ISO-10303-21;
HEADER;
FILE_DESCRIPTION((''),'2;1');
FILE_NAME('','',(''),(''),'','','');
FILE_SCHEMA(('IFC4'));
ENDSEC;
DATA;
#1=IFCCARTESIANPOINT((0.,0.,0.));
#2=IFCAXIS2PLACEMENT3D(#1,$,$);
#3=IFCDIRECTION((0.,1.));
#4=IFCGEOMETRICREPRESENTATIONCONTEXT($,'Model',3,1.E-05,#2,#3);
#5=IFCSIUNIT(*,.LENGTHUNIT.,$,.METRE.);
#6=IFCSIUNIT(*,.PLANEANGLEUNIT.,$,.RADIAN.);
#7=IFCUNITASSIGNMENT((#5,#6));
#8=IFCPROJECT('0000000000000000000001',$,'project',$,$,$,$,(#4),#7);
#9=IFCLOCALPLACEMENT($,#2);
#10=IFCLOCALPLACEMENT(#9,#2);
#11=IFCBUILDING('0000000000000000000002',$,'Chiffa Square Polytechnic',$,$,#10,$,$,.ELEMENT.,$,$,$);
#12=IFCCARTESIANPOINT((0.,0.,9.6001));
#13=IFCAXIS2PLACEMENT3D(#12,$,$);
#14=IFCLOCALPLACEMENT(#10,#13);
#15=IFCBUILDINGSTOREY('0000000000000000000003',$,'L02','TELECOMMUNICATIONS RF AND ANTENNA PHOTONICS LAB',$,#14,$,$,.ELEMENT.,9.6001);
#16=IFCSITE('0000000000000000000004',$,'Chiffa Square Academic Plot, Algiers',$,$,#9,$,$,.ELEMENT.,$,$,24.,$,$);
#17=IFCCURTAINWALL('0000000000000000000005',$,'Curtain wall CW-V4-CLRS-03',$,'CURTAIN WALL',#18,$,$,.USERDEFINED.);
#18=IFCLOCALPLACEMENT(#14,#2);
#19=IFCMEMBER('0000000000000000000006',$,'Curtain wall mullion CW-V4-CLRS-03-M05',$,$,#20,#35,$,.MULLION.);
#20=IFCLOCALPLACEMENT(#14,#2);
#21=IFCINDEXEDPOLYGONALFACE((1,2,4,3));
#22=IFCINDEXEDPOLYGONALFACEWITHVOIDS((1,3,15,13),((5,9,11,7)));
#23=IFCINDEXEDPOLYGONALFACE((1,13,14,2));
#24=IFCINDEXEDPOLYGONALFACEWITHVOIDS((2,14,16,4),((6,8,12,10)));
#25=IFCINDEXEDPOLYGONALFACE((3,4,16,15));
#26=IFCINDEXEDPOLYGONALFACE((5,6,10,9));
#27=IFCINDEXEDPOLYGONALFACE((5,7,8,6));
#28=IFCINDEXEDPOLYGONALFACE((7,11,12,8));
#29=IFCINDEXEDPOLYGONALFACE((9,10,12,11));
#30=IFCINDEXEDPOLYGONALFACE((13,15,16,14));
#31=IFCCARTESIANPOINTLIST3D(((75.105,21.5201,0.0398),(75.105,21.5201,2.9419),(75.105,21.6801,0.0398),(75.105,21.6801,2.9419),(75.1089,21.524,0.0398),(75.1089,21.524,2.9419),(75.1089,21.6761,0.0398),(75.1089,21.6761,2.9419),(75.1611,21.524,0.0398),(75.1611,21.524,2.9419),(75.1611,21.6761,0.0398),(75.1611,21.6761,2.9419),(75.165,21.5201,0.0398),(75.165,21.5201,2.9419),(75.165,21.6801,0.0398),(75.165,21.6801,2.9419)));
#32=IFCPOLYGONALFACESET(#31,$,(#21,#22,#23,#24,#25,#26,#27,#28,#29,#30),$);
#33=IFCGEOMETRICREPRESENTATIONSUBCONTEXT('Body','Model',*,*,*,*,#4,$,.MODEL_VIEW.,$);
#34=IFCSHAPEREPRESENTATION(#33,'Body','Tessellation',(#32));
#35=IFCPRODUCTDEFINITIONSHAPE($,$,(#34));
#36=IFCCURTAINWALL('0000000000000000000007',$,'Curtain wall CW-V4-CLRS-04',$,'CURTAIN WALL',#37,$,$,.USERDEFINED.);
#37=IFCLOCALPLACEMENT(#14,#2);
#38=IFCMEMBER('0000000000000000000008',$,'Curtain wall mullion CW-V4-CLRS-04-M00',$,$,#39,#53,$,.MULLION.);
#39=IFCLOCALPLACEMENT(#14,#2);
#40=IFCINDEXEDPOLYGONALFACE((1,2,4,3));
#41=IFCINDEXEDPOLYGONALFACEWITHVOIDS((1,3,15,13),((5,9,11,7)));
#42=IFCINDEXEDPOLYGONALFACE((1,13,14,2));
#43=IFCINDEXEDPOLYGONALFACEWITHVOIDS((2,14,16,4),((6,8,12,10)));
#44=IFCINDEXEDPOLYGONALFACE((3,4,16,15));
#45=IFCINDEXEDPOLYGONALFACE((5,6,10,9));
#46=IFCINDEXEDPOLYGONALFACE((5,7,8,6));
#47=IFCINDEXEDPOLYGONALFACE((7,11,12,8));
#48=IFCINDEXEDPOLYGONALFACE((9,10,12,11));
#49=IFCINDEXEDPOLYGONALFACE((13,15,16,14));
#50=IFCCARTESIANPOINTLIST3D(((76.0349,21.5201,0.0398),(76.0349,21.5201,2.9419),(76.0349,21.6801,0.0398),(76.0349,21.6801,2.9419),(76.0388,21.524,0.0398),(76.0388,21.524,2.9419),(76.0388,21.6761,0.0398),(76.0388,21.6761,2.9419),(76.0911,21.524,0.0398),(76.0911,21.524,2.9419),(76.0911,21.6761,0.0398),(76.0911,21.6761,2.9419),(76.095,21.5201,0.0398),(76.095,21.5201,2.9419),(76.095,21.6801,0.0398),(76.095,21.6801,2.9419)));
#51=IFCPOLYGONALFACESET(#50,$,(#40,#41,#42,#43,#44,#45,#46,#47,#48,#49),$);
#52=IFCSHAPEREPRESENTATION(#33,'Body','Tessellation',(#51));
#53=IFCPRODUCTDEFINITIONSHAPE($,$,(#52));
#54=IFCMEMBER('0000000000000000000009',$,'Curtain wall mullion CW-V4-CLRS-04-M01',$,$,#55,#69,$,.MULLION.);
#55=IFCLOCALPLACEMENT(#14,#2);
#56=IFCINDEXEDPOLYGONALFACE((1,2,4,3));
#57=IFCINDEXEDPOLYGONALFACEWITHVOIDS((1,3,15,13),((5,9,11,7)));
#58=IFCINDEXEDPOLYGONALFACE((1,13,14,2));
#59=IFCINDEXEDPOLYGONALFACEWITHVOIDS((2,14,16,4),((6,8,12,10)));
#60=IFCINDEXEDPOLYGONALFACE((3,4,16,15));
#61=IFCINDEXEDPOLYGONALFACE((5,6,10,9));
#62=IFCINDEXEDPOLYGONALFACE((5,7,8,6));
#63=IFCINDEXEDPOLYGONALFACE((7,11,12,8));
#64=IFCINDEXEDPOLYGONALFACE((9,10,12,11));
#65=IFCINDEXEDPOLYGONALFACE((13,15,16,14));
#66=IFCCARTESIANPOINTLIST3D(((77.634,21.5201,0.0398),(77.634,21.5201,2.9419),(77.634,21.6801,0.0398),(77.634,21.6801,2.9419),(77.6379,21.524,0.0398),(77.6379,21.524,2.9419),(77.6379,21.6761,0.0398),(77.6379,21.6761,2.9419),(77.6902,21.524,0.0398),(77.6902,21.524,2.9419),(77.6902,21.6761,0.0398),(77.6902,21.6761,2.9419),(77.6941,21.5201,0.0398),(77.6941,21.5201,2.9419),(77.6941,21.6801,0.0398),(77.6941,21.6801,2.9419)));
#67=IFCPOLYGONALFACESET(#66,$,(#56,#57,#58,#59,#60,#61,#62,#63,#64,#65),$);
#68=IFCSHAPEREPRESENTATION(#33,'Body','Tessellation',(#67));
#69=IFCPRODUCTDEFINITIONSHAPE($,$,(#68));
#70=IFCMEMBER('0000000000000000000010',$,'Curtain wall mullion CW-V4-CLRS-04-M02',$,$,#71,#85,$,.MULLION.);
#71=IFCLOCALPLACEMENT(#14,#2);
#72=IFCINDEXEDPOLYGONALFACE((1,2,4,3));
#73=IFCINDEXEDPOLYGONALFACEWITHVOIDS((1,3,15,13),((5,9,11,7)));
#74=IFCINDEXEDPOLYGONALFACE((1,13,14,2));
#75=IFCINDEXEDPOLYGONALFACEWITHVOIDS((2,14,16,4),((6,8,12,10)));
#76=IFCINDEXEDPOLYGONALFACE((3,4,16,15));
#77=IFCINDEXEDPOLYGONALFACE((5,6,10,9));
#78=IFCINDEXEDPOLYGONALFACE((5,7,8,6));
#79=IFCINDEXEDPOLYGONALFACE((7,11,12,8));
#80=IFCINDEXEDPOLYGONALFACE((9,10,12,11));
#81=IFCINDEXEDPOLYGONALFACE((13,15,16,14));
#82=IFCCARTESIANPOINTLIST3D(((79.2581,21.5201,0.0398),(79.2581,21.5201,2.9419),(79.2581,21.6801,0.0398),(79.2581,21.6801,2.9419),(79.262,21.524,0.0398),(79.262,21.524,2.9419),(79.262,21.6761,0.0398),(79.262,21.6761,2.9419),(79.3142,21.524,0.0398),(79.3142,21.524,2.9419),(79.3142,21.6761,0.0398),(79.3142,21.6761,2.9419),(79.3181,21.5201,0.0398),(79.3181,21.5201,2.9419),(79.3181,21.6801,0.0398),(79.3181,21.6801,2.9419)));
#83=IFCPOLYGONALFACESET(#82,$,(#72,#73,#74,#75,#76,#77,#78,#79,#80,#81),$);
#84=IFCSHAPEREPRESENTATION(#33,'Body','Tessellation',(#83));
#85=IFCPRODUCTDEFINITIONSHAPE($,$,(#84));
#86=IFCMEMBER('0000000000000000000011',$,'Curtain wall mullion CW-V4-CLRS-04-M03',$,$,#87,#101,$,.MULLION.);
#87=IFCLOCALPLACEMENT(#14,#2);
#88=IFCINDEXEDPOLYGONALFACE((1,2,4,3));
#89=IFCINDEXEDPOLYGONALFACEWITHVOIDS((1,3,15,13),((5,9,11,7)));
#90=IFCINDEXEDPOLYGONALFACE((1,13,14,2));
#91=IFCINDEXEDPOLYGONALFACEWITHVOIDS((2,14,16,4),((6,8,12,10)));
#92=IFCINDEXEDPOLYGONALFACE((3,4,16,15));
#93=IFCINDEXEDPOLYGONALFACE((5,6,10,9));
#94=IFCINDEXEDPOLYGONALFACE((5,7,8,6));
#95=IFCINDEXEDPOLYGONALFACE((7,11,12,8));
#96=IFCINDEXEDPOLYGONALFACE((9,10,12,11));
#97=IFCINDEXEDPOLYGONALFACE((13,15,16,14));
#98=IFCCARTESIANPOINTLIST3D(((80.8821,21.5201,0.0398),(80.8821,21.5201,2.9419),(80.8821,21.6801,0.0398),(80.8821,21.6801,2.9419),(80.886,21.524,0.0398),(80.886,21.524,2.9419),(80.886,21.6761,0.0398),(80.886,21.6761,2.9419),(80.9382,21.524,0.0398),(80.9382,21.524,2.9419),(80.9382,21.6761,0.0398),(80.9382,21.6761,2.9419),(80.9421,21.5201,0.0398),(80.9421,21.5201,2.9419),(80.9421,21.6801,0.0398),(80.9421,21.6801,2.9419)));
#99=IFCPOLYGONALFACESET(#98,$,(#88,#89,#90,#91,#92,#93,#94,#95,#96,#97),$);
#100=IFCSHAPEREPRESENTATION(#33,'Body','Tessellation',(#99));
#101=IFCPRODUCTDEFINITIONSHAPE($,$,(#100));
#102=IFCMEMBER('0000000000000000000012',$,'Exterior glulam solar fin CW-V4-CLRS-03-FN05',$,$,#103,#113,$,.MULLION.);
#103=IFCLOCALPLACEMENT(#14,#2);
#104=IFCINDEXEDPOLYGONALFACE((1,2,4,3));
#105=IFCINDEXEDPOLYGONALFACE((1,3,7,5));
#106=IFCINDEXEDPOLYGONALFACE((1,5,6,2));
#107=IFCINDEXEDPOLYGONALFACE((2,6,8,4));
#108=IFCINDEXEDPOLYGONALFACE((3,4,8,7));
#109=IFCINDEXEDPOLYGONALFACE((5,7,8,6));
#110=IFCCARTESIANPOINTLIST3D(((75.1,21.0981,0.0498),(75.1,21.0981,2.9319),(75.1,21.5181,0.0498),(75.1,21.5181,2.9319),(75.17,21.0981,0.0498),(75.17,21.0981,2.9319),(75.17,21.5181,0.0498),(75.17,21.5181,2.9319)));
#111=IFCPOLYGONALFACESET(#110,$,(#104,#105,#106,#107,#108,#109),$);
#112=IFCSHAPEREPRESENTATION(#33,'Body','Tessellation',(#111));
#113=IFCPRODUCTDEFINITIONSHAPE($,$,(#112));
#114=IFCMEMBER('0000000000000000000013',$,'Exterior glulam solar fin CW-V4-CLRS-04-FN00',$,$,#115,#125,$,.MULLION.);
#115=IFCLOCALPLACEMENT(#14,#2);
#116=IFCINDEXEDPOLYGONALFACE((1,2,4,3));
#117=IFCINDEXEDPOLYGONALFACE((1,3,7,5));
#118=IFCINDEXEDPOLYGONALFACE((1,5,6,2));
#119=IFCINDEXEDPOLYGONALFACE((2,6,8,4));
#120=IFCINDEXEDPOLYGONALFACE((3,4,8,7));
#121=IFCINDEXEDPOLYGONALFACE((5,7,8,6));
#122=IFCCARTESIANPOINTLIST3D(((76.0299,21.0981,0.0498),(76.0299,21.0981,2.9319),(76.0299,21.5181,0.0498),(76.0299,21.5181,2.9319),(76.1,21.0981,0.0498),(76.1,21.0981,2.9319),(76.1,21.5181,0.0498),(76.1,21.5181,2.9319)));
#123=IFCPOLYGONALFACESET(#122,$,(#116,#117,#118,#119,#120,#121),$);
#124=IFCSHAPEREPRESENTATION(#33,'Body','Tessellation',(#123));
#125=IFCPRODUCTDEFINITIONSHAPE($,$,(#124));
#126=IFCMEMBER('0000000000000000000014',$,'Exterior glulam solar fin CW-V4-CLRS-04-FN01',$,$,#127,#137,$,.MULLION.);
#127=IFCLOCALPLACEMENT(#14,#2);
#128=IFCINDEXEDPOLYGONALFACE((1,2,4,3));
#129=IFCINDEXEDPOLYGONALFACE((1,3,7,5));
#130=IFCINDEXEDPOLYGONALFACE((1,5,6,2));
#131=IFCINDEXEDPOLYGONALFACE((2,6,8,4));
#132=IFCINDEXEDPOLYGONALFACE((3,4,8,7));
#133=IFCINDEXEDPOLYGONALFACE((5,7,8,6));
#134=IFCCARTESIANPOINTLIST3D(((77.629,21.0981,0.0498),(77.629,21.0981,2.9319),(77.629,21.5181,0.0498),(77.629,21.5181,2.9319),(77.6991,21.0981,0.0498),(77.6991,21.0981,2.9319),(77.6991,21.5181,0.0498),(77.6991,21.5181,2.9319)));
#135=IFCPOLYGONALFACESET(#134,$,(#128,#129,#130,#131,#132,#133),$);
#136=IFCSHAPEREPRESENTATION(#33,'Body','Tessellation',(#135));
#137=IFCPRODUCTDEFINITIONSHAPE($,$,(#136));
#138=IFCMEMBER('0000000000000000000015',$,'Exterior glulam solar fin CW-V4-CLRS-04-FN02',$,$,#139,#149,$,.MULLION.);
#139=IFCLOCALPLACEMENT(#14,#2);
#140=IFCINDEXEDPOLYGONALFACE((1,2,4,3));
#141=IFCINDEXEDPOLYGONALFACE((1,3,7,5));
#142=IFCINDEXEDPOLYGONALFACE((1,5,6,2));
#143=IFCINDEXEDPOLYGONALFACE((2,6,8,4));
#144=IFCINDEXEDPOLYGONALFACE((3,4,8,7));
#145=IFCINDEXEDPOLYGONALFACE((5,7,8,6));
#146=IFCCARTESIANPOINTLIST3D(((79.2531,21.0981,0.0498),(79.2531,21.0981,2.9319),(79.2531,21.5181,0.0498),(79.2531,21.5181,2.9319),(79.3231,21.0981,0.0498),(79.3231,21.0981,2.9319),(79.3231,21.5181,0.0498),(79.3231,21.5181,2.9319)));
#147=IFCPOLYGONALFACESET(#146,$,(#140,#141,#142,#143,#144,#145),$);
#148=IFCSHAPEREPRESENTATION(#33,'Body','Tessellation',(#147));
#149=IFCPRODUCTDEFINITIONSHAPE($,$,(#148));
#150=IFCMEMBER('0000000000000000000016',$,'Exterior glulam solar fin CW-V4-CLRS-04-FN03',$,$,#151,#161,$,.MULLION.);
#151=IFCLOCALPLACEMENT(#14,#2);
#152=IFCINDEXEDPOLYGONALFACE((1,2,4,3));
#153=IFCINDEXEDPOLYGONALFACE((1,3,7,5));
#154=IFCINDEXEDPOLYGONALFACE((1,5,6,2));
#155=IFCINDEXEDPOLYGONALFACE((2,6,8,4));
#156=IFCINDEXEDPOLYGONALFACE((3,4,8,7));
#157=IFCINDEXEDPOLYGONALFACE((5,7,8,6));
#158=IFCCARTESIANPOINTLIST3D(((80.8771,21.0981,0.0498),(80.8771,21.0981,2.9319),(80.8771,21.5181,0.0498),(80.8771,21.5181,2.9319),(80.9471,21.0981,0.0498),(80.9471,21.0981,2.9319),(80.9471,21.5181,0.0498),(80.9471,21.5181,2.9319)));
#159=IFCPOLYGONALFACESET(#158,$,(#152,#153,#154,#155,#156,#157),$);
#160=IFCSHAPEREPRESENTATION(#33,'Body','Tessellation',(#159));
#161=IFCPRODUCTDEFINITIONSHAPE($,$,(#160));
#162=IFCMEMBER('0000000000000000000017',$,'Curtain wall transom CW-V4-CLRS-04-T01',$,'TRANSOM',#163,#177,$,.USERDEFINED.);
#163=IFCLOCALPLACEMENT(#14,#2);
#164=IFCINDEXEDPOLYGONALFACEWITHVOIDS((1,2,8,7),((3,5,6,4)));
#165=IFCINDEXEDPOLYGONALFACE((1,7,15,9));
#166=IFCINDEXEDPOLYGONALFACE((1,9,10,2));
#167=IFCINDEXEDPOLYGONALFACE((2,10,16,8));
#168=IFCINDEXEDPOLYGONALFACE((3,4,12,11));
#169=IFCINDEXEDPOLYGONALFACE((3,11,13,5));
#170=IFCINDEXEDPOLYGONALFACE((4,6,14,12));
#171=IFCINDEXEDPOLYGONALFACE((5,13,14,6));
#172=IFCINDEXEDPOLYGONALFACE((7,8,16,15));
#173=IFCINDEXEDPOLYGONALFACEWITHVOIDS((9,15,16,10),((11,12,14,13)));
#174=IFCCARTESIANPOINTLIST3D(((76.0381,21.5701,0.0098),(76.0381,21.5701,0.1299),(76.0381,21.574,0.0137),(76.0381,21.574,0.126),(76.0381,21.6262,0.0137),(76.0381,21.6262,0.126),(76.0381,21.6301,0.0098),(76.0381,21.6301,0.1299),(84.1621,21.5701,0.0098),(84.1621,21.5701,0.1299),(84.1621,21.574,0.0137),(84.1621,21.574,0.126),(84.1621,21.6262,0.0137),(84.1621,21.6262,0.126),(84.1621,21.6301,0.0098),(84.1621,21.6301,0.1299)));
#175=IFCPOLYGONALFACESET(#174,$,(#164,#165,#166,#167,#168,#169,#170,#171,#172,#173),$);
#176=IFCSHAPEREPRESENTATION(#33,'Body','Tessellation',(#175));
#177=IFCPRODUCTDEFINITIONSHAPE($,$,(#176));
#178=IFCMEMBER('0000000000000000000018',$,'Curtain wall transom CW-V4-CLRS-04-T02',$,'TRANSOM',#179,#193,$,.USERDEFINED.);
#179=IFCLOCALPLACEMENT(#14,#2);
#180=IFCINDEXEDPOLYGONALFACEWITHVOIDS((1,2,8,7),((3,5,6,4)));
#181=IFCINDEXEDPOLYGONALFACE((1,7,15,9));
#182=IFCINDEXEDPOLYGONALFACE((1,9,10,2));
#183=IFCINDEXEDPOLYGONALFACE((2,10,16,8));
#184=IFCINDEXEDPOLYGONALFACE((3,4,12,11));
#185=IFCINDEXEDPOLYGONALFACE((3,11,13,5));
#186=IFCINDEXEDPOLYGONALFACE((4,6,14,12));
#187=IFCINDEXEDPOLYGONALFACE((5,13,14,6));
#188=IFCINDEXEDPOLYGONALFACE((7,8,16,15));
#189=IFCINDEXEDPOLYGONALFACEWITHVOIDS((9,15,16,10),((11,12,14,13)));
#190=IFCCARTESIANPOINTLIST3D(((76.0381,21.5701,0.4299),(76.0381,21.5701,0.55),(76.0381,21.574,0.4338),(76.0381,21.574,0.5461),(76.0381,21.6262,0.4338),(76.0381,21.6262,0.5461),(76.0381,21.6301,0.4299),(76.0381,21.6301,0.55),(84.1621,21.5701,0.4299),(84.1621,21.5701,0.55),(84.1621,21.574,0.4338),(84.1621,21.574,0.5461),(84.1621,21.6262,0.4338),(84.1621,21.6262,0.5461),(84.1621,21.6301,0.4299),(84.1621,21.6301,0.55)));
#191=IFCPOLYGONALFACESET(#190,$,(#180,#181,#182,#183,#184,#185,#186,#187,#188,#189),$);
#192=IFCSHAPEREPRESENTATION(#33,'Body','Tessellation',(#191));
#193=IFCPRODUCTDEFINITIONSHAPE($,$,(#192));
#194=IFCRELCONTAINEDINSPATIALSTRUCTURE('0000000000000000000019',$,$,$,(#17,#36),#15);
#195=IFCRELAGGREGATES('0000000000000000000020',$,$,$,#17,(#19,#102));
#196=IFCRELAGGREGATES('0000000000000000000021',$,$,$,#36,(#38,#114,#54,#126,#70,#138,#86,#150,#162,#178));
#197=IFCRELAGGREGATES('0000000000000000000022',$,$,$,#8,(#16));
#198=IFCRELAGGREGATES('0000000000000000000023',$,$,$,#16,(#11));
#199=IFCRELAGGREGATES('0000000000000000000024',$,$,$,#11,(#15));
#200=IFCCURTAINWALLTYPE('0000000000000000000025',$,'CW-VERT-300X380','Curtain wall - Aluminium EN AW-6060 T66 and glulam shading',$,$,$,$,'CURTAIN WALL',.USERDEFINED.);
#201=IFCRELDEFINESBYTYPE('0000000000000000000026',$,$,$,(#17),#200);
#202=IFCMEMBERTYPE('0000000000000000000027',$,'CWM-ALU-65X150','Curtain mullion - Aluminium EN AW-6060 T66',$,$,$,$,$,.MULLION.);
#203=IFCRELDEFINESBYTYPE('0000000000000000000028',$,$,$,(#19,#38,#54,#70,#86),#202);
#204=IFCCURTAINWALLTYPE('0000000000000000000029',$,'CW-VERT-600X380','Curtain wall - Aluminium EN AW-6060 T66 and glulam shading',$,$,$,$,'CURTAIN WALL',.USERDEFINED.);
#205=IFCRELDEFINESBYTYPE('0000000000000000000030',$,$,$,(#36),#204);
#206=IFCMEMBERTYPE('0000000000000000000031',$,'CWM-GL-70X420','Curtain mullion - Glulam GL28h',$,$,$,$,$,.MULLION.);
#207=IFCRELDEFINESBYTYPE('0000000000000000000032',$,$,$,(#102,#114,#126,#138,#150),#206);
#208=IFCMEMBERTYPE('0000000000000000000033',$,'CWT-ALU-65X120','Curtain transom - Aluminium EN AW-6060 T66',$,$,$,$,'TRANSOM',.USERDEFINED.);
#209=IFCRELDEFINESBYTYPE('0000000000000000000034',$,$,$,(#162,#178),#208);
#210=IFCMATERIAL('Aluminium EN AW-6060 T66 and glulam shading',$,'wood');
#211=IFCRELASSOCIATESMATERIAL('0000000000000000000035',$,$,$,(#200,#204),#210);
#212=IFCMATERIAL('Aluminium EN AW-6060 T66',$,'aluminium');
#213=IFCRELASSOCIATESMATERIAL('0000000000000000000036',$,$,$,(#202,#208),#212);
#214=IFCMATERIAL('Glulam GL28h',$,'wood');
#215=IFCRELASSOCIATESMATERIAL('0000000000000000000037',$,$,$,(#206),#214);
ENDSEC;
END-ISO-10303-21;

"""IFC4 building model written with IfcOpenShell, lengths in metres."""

from ifc_helpers import new_model, si_unit, direction, frame, origin, origin_2d, place, context, subcontext, project, spatial, rectangle, hollow_rectangle, extrude, material, material_profile, profile_set, type_object, element, aggregate, save


model = new_model("IFC4")

# Units and contexts
model_context = context("Model", 3, precision=1e-05, world=origin(), true_north=direction((0.0, 1.0)))
body_context = subcontext(model_context, "Body", "Model", "MODEL_VIEW")
ifc_project = project(units=[si_unit("LENGTHUNIT", "METRE"), si_unit("PLANEANGLEUNIT", "RADIAN")], contexts=[model_context])

# Site, building, storey
site_placement = place(None, origin())
site = spatial("IfcSite", under=ifc_project, at=site_placement, Name="Chiffa Square Academic Plot, Algiers", CompositionType="ELEMENT", RefElevation=24.0)
building_placement = place(site_placement, origin())
building = spatial("IfcBuilding", under=site, at=building_placement, Name="Chiffa Square Polytechnic", CompositionType="ELEMENT")
storey_placement = place(building_placement, frame((0.0, 0.0, 9.6001)))
storey = spatial("IfcBuildingStorey", under=building, at=storey_placement, Name="L02", Description="TELECOMMUNICATIONS RF AND ANTENNA PHOTONICS LAB", CompositionType="ELEMENT", Elevation=9.6001)

# Curtain wall, member
ifc_material_1 = material(Name="Aluminium EN AW-6060 T66 and glulam shading", Category="wood")
curtain_wall_type_1 = type_object("IfcCurtainWallType", Name="CW-VERT-300X380", Description="Curtain wall - Aluminium EN AW-6060 T66 and glulam shading", ElementType="CURTAIN WALL", PredefinedType="USERDEFINED", material=ifc_material_1)
curtain_wall_1_placement = place(storey_placement, origin())
curtain_wall_1 = element("IfcCurtainWall", 1, at=curtain_wall_1_placement, inside=storey, type_object=curtain_wall_type_1, Name="Curtain wall CW-V4-CLRS-03", ObjectType="CURTAIN WALL", PredefinedType="USERDEFINED")
ifc_material_2 = material(Name="Aluminium EN AW-6060 T66", Category="aluminium")
ifc_material_profile_1 = material_profile(ifc_material_2, hollow_rectangle(XDim=0.0601, YDim=0.1599, WallThickness=0.0039, at=origin_2d()), Name="ALU 60x160x4")
ifc_profile_set_1 = profile_set([ifc_material_profile_1], Name="Aluminium EN AW-6060 T66")
member_type_1 = type_object("IfcMemberType", Name="CWM-ALU-65X150", Description="Curtain mullion - Aluminium EN AW-6060 T66", PredefinedType="MULLION", material=ifc_profile_set_1)
member_1_placement = place(storey_placement, frame((75.135, 21.6001, 0.0398), z_axis=(0.0, 0.0, 1.0), x_axis=(1.0, 0.0, 0.0)))
member_1 = element("IfcMember", 2, at=member_1_placement, type_object=member_type_1, Name="Curtain wall mullion CW-V4-CLRS-03-M05", PredefinedType="MULLION", context=body_context, shape_type="SweptSolid", body=[
    extrude(hollow_rectangle(XDim=0.0601, YDim=0.1599, WallThickness=0.0039, at=origin_2d()), origin(), (0.0, 0.0, 1.0), 2.9021),
])

# Curtain wall, members
curtain_wall_type_2 = type_object("IfcCurtainWallType", Name="CW-VERT-600X380", Description="Curtain wall - Aluminium EN AW-6060 T66 and glulam shading", ElementType="CURTAIN WALL", PredefinedType="USERDEFINED", material=ifc_material_1)
curtain_wall_2_placement = place(storey_placement, origin())
curtain_wall_2 = element("IfcCurtainWall", 3, at=curtain_wall_2_placement, inside=storey, type_object=curtain_wall_type_2, Name="Curtain wall CW-V4-CLRS-04", ObjectType="CURTAIN WALL", PredefinedType="USERDEFINED")
member_2_placement = place(storey_placement, frame((76.0649, 21.6001, 0.0398), z_axis=(0.0, 0.0, 1.0), x_axis=(1.0, 0.0, 0.0)))
member_2 = element("IfcMember", 4, at=member_2_placement, type_object=member_type_1, Name="Curtain wall mullion CW-V4-CLRS-04-M00", PredefinedType="MULLION", context=body_context, shape_type="SweptSolid", body=[
    extrude(hollow_rectangle(XDim=0.0601, YDim=0.1599, WallThickness=0.0039, at=origin_2d()), origin(), (0.0, 0.0, 1.0), 2.9021),
])
member_3_placement = place(storey_placement, frame((77.6641, 21.6001, 0.0398), z_axis=(0.0, 0.0, 1.0), x_axis=(1.0, 0.0, 0.0)))
member_3 = element("IfcMember", 5, at=member_3_placement, type_object=member_type_1, Name="Curtain wall mullion CW-V4-CLRS-04-M01", PredefinedType="MULLION", context=body_context, shape_type="SweptSolid", body=[
    extrude(hollow_rectangle(XDim=0.0601, YDim=0.1599, WallThickness=0.0039, at=origin_2d()), origin(), (0.0, 0.0, 1.0), 2.9021),
])
member_4_placement = place(storey_placement, frame((79.2881, 21.6001, 0.0398), z_axis=(0.0, 0.0, 1.0), x_axis=(1.0, 0.0, 0.0)))
member_4 = element("IfcMember", 6, at=member_4_placement, type_object=member_type_1, Name="Curtain wall mullion CW-V4-CLRS-04-M02", PredefinedType="MULLION", context=body_context, shape_type="SweptSolid", body=[
    extrude(hollow_rectangle(XDim=0.0601, YDim=0.1599, WallThickness=0.0039, at=origin_2d()), origin(), (0.0, 0.0, 1.0), 2.9021),
])
member_5_placement = place(storey_placement, frame((80.9121, 21.6001, 0.0398), z_axis=(0.0, 0.0, 1.0), x_axis=(1.0, 0.0, 0.0)))
member_5 = element("IfcMember", 7, at=member_5_placement, type_object=member_type_1, Name="Curtain wall mullion CW-V4-CLRS-04-M03", PredefinedType="MULLION", context=body_context, shape_type="SweptSolid", body=[
    extrude(hollow_rectangle(XDim=0.0601, YDim=0.1599, WallThickness=0.0039, at=origin_2d()), origin(), (0.0, 0.0, 1.0), 2.9021),
])

# Members
ifc_material_3 = material(Name="Glulam GL28h", Category="wood")
ifc_material_profile_2 = material_profile(ifc_material_3, rectangle(XDim=0.0701, YDim=0.4199, at=origin_2d()), Name="GL28h 70x420")
ifc_profile_set_2 = profile_set([ifc_material_profile_2], Name="Glulam GL28h")
member_type_2 = type_object("IfcMemberType", Name="CWM-GL-70X420", Description="Curtain mullion - Glulam GL28h", PredefinedType="MULLION", material=ifc_profile_set_2)
member_6_placement = place(storey_placement, frame((75.135, 21.3081, 0.0498), z_axis=(0.0, 0.0, 1.0), x_axis=(1.0, 0.0, 0.0)))
member_6 = element("IfcMember", 8, at=member_6_placement, type_object=member_type_2, Name="Exterior glulam solar fin CW-V4-CLRS-03-FN05", PredefinedType="MULLION", context=body_context, shape_type="SweptSolid", body=[
    extrude(rectangle(XDim=0.0701, YDim=0.4199, at=origin_2d()), origin(), (0.0, 0.0, 1.0), 2.8821),
])
aggregate(curtain_wall_1, [member_1, member_6])
member_7_placement = place(storey_placement, frame((76.0649, 21.3081, 0.0498), z_axis=(0.0, 0.0, 1.0), x_axis=(1.0, 0.0, 0.0)))
member_7 = element("IfcMember", 9, at=member_7_placement, type_object=member_type_2, Name="Exterior glulam solar fin CW-V4-CLRS-04-FN00", PredefinedType="MULLION", context=body_context, shape_type="SweptSolid", body=[
    extrude(rectangle(XDim=0.0701, YDim=0.4199, at=origin_2d()), origin(), (0.0, 0.0, 1.0), 2.8821),
])
member_8_placement = place(storey_placement, frame((77.6641, 21.3081, 0.0498), z_axis=(0.0, 0.0, 1.0), x_axis=(1.0, 0.0, 0.0)))
member_8 = element("IfcMember", 10, at=member_8_placement, type_object=member_type_2, Name="Exterior glulam solar fin CW-V4-CLRS-04-FN01", PredefinedType="MULLION", context=body_context, shape_type="SweptSolid", body=[
    extrude(rectangle(XDim=0.0701, YDim=0.4199, at=origin_2d()), origin(), (0.0, 0.0, 1.0), 2.8821),
])
member_9_placement = place(storey_placement, frame((79.2881, 21.3081, 0.0498), z_axis=(0.0, 0.0, 1.0), x_axis=(1.0, 0.0, 0.0)))
member_9 = element("IfcMember", 11, at=member_9_placement, type_object=member_type_2, Name="Exterior glulam solar fin CW-V4-CLRS-04-FN02", PredefinedType="MULLION", context=body_context, shape_type="SweptSolid", body=[
    extrude(rectangle(XDim=0.0701, YDim=0.4199, at=origin_2d()), origin(), (0.0, 0.0, 1.0), 2.8821),
])
member_10_placement = place(storey_placement, frame((80.9121, 21.3081, 0.0498), z_axis=(0.0, 0.0, 1.0), x_axis=(1.0, 0.0, 0.0)))
member_10 = element("IfcMember", 12, at=member_10_placement, type_object=member_type_2, Name="Exterior glulam solar fin CW-V4-CLRS-04-FN03", PredefinedType="MULLION", context=body_context, shape_type="SweptSolid", body=[
    extrude(rectangle(XDim=0.0701, YDim=0.4199, at=origin_2d()), origin(), (0.0, 0.0, 1.0), 2.8821),
])
ifc_material_profile_3 = material_profile(ifc_material_2, hollow_rectangle(XDim=0.0601, YDim=0.1201, WallThickness=0.0039, at=origin_2d()), Name="ALU 60x120x4")
ifc_profile_set_3 = profile_set([ifc_material_profile_3], Name="Aluminium EN AW-6060 T66")
member_type_3 = type_object("IfcMemberType", Name="CWT-ALU-65X120", Description="Curtain transom - Aluminium EN AW-6060 T66", ElementType="TRANSOM", PredefinedType="USERDEFINED", material=ifc_profile_set_3)
member_11_placement = place(storey_placement, frame((76.0381, 21.6001, 0.0698), z_axis=(1.0, 0.0, 0.0), x_axis=(0.0, 1.0, 0.0)))
member_11 = element("IfcMember", 13, at=member_11_placement, type_object=member_type_3, Name="Curtain wall transom CW-V4-CLRS-04-T01", ObjectType="TRANSOM", PredefinedType="USERDEFINED", context=body_context, shape_type="SweptSolid", body=[
    extrude(hollow_rectangle(XDim=0.0601, YDim=0.1201, WallThickness=0.0039, at=origin_2d()), origin(), (0.0, 0.0, 1.0), 8.124),
])
member_12_placement = place(storey_placement, frame((76.0381, 21.6001, 0.49), z_axis=(1.0, 0.0, 0.0), x_axis=(0.0, 1.0, 0.0)))
member_12 = element("IfcMember", 14, at=member_12_placement, type_object=member_type_3, Name="Curtain wall transom CW-V4-CLRS-04-T02", ObjectType="TRANSOM", PredefinedType="USERDEFINED", context=body_context, shape_type="SweptSolid", body=[
    extrude(hollow_rectangle(XDim=0.0601, YDim=0.1201, WallThickness=0.0039, at=origin_2d()), origin(), (0.0, 0.0, 1.0), 8.124),
])

aggregate(curtain_wall_2, [member_2, member_7, member_3, member_8, member_4, member_9, member_5, member_10, member_11, member_12])

save(model, "model.ifc")
